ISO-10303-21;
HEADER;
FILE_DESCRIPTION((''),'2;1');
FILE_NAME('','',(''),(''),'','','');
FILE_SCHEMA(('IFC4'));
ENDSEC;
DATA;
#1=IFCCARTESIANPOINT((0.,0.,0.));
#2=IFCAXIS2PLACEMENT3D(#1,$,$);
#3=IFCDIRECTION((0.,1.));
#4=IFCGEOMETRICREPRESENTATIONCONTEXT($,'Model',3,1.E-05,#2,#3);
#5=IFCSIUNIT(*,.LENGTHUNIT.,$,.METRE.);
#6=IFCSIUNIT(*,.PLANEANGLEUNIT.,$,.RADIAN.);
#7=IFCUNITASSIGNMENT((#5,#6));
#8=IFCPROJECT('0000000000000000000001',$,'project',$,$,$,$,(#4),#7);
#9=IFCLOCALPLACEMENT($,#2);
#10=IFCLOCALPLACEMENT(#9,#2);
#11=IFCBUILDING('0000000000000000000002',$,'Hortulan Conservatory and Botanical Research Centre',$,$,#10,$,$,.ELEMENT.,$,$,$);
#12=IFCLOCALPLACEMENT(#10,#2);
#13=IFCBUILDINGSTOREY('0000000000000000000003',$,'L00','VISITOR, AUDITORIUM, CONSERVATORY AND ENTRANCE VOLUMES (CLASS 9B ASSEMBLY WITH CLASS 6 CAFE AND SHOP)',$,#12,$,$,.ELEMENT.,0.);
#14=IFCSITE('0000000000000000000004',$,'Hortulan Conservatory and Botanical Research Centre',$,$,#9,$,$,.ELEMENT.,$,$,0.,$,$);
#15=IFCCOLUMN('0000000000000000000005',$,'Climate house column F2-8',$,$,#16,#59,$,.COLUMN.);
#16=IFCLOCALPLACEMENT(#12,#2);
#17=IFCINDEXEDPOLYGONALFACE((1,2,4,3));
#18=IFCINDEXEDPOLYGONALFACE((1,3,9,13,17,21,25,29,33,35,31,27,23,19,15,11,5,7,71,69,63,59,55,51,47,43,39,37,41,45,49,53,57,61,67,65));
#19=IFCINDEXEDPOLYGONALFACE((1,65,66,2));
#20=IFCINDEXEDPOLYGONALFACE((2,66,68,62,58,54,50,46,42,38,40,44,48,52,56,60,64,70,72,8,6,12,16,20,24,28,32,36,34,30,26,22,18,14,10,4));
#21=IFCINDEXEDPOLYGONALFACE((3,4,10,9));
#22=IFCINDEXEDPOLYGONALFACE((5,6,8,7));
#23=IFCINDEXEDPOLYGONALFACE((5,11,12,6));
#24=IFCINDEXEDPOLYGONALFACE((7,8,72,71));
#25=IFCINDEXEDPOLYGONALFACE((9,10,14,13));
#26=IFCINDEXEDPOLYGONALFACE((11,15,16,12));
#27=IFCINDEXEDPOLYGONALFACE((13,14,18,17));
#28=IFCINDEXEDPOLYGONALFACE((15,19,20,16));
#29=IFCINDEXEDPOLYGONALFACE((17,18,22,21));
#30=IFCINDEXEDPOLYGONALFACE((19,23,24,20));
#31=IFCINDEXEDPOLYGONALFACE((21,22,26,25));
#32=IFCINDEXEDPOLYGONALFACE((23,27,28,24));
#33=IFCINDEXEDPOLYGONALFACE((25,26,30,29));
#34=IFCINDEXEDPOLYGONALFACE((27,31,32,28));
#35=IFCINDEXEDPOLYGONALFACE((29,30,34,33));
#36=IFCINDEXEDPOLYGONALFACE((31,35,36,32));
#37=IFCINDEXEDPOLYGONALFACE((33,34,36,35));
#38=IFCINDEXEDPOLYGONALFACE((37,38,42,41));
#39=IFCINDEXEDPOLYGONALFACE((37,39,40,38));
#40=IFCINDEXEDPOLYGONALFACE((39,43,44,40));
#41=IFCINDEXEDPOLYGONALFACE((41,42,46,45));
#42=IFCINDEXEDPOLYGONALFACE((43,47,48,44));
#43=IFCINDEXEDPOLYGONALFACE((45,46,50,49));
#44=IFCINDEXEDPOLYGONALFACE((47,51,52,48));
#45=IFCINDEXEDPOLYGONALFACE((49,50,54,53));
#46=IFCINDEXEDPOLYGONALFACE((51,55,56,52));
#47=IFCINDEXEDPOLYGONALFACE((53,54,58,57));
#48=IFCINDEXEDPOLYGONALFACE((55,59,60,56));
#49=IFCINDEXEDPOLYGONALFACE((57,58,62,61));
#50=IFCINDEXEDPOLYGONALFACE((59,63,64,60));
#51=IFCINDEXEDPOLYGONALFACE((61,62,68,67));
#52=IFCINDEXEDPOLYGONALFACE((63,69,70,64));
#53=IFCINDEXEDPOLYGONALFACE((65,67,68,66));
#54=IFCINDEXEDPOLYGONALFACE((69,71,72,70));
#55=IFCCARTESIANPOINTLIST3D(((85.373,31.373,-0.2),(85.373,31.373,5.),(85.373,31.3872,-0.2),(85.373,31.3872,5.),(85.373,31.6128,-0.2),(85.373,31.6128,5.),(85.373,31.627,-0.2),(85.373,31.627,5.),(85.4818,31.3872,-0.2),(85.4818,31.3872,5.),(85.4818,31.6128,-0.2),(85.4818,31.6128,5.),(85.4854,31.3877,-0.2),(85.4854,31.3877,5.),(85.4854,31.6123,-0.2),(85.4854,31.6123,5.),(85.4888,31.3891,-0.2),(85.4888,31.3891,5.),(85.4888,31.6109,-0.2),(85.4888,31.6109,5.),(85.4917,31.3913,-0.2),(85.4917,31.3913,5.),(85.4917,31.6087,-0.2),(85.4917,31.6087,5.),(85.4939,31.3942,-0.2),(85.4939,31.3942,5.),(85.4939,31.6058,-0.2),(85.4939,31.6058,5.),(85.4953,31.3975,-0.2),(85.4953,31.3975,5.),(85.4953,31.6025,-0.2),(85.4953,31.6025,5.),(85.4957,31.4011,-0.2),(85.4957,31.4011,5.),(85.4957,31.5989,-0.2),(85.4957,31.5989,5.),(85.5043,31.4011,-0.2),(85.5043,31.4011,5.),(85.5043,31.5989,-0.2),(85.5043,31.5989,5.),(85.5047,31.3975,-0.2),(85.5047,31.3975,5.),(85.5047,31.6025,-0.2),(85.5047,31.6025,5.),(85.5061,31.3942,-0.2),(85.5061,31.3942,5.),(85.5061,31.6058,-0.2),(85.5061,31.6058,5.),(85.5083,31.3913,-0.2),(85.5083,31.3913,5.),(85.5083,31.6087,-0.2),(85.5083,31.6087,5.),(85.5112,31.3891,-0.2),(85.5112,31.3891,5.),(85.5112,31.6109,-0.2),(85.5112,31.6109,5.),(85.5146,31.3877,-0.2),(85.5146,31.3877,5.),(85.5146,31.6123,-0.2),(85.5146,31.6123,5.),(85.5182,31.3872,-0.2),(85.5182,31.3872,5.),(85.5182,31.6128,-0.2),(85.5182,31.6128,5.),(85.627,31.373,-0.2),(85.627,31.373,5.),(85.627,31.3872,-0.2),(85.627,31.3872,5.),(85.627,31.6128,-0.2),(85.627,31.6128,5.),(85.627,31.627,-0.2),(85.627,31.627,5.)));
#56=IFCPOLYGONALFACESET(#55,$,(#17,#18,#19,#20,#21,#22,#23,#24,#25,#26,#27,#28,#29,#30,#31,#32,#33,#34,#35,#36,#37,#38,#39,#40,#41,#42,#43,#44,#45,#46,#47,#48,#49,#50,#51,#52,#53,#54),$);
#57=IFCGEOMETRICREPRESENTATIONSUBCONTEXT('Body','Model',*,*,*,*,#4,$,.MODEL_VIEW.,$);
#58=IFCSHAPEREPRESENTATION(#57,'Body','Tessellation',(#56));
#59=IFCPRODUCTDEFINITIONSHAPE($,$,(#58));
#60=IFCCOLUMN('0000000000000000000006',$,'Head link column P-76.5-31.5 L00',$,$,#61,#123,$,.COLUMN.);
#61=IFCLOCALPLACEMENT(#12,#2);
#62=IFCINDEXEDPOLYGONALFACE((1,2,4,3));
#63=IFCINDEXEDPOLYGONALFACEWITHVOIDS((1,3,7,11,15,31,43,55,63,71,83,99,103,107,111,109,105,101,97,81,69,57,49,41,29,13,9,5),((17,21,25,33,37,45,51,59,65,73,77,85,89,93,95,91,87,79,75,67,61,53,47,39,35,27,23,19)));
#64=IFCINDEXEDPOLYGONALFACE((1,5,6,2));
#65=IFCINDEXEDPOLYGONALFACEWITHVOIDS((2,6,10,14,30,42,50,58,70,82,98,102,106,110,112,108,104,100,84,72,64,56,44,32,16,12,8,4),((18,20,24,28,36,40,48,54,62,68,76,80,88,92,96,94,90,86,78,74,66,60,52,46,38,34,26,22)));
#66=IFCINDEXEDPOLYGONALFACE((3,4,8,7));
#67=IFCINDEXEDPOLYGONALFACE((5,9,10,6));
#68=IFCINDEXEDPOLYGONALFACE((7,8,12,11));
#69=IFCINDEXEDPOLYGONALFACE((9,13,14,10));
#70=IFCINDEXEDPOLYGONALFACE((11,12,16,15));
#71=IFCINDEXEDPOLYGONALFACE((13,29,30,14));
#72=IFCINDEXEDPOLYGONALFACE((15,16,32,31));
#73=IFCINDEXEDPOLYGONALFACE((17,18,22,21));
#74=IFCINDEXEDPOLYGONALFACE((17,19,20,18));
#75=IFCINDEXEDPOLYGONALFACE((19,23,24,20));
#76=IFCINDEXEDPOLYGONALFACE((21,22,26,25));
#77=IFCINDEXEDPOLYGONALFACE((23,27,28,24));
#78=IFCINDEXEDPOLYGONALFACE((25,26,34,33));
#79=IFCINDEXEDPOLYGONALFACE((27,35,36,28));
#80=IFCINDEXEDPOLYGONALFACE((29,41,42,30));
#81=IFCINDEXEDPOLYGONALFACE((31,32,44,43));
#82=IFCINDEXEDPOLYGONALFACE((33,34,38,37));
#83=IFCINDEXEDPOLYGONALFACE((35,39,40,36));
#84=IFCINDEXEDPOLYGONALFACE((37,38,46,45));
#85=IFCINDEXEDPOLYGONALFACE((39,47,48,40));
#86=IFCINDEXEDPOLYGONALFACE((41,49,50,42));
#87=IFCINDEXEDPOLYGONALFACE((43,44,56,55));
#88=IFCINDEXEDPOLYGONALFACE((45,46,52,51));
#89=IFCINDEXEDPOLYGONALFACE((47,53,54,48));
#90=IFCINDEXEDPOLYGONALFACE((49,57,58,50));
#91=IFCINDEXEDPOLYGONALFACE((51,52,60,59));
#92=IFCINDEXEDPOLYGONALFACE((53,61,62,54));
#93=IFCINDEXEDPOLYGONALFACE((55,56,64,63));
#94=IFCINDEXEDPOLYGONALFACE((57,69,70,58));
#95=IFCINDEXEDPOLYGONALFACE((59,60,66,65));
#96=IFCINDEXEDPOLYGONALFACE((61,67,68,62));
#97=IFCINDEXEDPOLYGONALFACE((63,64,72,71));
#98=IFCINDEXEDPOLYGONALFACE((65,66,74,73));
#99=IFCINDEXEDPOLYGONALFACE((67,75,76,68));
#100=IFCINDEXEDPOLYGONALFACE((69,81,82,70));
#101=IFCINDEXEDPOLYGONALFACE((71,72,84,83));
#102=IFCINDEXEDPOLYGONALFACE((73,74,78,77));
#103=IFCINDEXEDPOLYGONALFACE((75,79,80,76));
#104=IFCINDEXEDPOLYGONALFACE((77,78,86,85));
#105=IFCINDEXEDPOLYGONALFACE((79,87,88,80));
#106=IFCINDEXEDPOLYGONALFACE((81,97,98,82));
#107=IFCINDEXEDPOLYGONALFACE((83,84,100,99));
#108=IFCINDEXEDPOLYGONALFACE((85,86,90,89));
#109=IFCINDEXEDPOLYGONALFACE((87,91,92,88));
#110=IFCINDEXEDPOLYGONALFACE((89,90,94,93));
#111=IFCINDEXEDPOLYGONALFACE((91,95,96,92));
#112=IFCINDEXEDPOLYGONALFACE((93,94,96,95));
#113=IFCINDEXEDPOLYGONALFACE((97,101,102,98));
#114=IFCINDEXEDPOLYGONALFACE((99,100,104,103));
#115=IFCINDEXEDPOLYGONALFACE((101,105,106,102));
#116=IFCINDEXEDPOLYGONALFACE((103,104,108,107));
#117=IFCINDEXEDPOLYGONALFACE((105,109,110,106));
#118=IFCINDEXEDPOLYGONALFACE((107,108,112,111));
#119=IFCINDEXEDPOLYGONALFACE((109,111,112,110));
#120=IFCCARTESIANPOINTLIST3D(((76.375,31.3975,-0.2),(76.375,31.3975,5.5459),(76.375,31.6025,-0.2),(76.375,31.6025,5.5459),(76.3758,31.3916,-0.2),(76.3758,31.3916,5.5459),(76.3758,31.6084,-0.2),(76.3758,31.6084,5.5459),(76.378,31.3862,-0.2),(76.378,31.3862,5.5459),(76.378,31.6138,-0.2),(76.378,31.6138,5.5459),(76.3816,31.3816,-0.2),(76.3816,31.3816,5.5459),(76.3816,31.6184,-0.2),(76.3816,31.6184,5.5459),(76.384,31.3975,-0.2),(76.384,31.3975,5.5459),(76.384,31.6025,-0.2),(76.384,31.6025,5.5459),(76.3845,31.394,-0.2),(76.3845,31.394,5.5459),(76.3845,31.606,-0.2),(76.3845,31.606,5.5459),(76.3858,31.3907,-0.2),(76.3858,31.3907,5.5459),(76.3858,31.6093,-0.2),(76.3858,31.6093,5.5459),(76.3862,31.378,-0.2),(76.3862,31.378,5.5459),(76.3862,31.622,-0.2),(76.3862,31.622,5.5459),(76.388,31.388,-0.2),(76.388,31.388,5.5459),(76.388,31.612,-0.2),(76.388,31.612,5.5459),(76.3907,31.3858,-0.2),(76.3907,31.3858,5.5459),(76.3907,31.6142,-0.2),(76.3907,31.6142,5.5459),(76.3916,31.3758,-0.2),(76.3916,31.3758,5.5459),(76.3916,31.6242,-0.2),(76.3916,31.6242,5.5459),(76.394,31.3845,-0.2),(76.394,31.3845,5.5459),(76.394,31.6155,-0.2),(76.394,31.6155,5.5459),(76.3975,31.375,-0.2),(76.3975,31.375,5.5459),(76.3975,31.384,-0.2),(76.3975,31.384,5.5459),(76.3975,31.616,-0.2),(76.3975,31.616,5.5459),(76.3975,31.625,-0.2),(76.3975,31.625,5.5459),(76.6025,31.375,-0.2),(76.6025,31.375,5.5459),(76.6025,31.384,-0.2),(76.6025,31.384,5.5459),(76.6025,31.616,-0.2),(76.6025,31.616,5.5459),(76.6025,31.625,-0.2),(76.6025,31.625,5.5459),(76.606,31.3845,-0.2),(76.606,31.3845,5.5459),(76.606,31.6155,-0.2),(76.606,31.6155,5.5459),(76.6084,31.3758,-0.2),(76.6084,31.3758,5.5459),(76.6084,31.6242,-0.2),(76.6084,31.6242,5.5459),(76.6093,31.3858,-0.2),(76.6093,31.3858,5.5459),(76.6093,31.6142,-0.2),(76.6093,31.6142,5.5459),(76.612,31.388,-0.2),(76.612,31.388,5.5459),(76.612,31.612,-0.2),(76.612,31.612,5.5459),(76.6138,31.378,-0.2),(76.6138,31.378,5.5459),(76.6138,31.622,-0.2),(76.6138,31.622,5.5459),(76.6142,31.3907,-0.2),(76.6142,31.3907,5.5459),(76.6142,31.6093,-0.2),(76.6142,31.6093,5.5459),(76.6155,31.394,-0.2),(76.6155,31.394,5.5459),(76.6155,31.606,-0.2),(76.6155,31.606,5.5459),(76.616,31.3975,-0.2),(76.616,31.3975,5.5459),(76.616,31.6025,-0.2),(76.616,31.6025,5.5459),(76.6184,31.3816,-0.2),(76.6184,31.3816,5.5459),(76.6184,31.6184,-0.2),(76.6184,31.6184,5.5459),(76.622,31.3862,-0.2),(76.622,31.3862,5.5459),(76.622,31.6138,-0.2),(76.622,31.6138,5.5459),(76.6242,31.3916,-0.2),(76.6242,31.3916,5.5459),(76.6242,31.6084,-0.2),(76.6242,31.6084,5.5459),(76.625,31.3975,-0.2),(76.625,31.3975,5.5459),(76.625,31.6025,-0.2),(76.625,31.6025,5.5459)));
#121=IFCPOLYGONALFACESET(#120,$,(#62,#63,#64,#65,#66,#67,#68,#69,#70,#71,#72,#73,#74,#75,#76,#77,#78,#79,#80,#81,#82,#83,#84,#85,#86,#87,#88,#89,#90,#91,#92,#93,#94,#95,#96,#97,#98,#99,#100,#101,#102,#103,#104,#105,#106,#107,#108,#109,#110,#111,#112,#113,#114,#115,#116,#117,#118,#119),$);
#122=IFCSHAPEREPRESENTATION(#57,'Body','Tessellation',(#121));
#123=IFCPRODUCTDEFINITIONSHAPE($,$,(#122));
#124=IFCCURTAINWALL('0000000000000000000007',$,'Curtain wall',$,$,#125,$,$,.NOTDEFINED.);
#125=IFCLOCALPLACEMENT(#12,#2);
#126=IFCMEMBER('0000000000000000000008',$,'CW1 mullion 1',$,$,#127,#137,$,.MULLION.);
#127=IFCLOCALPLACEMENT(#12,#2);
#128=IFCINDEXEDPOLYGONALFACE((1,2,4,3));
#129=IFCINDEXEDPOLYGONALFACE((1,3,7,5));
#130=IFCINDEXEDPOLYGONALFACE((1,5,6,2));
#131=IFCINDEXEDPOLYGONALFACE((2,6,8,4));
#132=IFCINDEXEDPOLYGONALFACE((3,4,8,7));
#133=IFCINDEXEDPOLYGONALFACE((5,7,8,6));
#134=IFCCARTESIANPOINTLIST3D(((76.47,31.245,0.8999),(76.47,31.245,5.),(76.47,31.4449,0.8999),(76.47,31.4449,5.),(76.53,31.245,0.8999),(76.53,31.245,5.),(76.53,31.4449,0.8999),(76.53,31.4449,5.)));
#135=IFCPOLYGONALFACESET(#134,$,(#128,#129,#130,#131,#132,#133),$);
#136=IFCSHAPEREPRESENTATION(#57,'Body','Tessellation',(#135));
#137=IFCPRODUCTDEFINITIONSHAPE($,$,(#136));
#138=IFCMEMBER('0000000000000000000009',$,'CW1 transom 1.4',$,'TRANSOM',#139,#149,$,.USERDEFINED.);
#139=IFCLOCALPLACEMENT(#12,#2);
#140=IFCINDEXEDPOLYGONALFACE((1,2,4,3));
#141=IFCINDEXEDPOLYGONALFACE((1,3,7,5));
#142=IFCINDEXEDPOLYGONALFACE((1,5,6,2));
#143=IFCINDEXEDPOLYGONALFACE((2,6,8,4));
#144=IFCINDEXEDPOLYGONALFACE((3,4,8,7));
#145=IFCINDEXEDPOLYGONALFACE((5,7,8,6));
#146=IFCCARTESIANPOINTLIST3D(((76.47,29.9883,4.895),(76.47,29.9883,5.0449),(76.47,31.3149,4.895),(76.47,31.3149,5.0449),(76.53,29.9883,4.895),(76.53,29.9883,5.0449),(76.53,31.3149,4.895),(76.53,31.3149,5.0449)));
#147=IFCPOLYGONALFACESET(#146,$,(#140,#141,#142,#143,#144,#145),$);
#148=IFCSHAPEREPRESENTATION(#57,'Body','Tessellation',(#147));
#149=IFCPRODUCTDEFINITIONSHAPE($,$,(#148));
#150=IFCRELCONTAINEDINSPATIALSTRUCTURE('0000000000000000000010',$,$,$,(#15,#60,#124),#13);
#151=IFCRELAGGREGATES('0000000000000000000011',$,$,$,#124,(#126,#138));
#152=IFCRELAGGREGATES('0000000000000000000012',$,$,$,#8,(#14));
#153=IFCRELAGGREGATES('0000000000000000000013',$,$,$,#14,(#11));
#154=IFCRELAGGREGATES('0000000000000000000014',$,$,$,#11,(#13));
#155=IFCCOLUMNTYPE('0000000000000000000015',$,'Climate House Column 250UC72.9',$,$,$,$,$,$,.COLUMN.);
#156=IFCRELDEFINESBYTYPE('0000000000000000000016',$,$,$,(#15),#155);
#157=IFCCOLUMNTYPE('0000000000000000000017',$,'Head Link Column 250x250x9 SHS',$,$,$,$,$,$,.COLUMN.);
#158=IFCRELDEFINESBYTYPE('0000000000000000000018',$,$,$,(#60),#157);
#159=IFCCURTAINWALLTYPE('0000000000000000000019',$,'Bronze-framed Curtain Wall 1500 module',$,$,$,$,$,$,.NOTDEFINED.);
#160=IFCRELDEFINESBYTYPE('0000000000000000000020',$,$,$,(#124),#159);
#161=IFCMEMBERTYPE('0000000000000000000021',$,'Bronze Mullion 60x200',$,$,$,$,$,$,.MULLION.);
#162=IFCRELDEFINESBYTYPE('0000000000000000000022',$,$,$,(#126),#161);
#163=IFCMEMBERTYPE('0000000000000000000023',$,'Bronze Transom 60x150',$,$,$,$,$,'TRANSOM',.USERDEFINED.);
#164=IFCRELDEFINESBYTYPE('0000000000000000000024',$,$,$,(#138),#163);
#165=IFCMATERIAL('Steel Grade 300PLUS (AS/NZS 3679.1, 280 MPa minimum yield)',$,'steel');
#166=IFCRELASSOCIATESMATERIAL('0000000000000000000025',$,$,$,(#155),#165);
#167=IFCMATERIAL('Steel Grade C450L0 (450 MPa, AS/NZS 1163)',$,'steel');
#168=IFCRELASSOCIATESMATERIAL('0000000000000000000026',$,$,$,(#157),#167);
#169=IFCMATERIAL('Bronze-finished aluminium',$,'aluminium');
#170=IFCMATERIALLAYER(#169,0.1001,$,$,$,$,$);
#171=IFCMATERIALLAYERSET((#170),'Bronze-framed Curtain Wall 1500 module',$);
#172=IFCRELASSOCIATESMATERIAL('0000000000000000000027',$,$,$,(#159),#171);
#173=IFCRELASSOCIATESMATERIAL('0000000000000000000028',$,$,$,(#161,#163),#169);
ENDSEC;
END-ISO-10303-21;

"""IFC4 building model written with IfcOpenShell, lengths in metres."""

from ifc_helpers import new_model, si_unit, direction, frame, origin, origin_2d, place, context, subcontext, project, spatial, rectangle, hollow_rectangle, i_section, extrude, material, layer, layer_set, material_profile, profile_set, type_object, element, aggregate, save


model = new_model("IFC4")

# Units and contexts
model_context = context("Model", 3, precision=1e-05, world=origin(), true_north=direction((0.0, 1.0)))
body_context = subcontext(model_context, "Body", "Model", "MODEL_VIEW")
ifc_project = project(units=[si_unit("LENGTHUNIT", "METRE"), si_unit("PLANEANGLEUNIT", "RADIAN")], contexts=[model_context])

# Site, building, storey
site_placement = place(None, origin())
site = spatial("IfcSite", under=ifc_project, at=site_placement, Name="Hortulan Conservatory and Botanical Research Centre", CompositionType="ELEMENT", RefElevation=0.0)
building_placement = place(site_placement, origin())
building = spatial("IfcBuilding", under=site, at=building_placement, Name="Hortulan Conservatory and Botanical Research Centre", CompositionType="ELEMENT")
storey_placement = place(building_placement, origin())
storey = spatial("IfcBuildingStorey", under=building, at=storey_placement, Name="L00", Description="VISITOR, AUDITORIUM, CONSERVATORY AND ENTRANCE VOLUMES (CLASS 9B ASSEMBLY WITH CLASS 6 CAFE AND SHOP)", CompositionType="ELEMENT", Elevation=0.0)

# Columns
ifc_material_1 = material(Name="Steel Grade 300PLUS (AS/NZS 3679.1, 280 MPa minimum yield)", Category="steel")
ifc_material_profile_1 = material_profile(ifc_material_1, i_section(OverallWidth=0.2539, OverallDepth=0.2539, WebThickness=0.0085, FlangeThickness=0.0142, FilletRadius=0.0139, at=origin_2d()), Name="250UC72.9")
ifc_profile_set_1 = profile_set([ifc_material_profile_1], Name="Steel Grade 300PLUS (AS/NZS 3679.1, 280 MPa minimum yield)")
column_type_1 = type_object("IfcColumnType", Name="Climate House Column 250UC72.9", PredefinedType="COLUMN", material=ifc_profile_set_1)
column_1_placement = place(storey_placement, frame((85.5, 31.5, -0.2), z_axis=(0.0, 0.0, 1.0), x_axis=(1.0, 0.0, 0.0)))
element("IfcColumn", 1, at=column_1_placement, inside=storey, type_object=column_type_1, Name="Climate house column F2-8", PredefinedType="COLUMN", context=body_context, shape_type="SweptSolid", body=[
    extrude(i_section(OverallWidth=0.2539, OverallDepth=0.2539, WebThickness=0.0085, FlangeThickness=0.0142, FilletRadius=0.0139, at=origin_2d()), origin(), (0.0, 0.0, 1.0), 5.2),
])
ifc_material_2 = material(Name="Steel Grade C450L0 (450 MPa, AS/NZS 1163)", Category="steel")
ifc_material_profile_2 = material_profile(ifc_material_2, hollow_rectangle(XDim=0.25, YDim=0.25, WallThickness=0.009, InnerFilletRadius=0.0134, OuterFilletRadius=0.0225, at=origin_2d()), Name="250x250x9SHS")
ifc_profile_set_2 = profile_set([ifc_material_profile_2], Name="Steel Grade C450L0 (450 MPa, AS/NZS 1163)")
column_type_2 = type_object("IfcColumnType", Name="Head Link Column 250x250x9 SHS", PredefinedType="COLUMN", material=ifc_profile_set_2)
column_2_placement = place(storey_placement, frame((76.5, 31.5, -0.2), z_axis=(0.0, 0.0, 1.0), x_axis=(1.0, 0.0, 0.0)))
element("IfcColumn", 2, at=column_2_placement, inside=storey, type_object=column_type_2, Name="Head link column P-76.5-31.5 L00", PredefinedType="COLUMN", context=body_context, shape_type="SweptSolid", body=[
    extrude(hollow_rectangle(XDim=0.25, YDim=0.25, WallThickness=0.009, InnerFilletRadius=0.0134, OuterFilletRadius=0.0225, at=origin_2d()), origin(), (0.0, 0.0, 1.0), 5.7458),
])

# Curtain wall, members
ifc_material_3 = material(Name="Bronze-finished aluminium", Category="aluminium")
ifc_layer_1 = layer(ifc_material_3, 0.1001)
ifc_layer_set_1 = layer_set([ifc_layer_1], Name="Bronze-framed Curtain Wall 1500 module")
curtain_wall_type = type_object("IfcCurtainWallType", Name="Bronze-framed Curtain Wall 1500 module", PredefinedType="NOTDEFINED", material=ifc_layer_set_1)
curtain_wall_placement = place(storey_placement, origin())
curtain_wall = element("IfcCurtainWall", 3, at=curtain_wall_placement, inside=storey, type_object=curtain_wall_type, Name="Curtain wall", PredefinedType="NOTDEFINED")
ifc_material_profile_3 = material_profile(ifc_material_3, rectangle(XDim=0.0601, YDim=0.2, at=origin_2d()), Name="Bronze Mullion 60x200")
ifc_profile_set_3 = profile_set([ifc_material_profile_3], Name="Bronze-finished aluminium")
member_type_1 = type_object("IfcMemberType", Name="Bronze Mullion 60x200", PredefinedType="MULLION", material=ifc_profile_set_3)
member_1_placement = place(storey_placement, frame((76.5, 31.345, 0.8999), z_axis=(0.0, 0.0, 1.0), x_axis=(1.0, 0.0, 0.0)))
member_1 = element("IfcMember", 4, at=member_1_placement, type_object=member_type_1, Name="CW1 mullion 1", PredefinedType="MULLION", context=body_context, shape_type="SweptSolid", body=[
    extrude(rectangle(XDim=0.0601, YDim=0.2, at=origin_2d()), origin(), (0.0, 0.0, 1.0), 4.1001),
])
ifc_material_profile_4 = material_profile(ifc_material_3, rectangle(XDim=0.0601, YDim=0.1499, at=origin_2d()), Name="Bronze Transom 60x150")
ifc_profile_set_4 = profile_set([ifc_material_profile_4], Name="Bronze-finished aluminium")
member_type_2 = type_object("IfcMemberType", Name="Bronze Transom 60x150", ElementType="TRANSOM", PredefinedType="USERDEFINED", material=ifc_profile_set_4)
member_2_placement = place(storey_placement, frame((76.5, 31.3149, 4.97), z_axis=(0.0, -1.0, 0.0), x_axis=(1.0, 0.0, 0.0)))
member_2 = element("IfcMember", 5, at=member_2_placement, type_object=member_type_2, Name="CW1 transom 1.4", ObjectType="TRANSOM", PredefinedType="USERDEFINED", context=body_context, shape_type="SweptSolid", body=[
    extrude(rectangle(XDim=0.0601, YDim=0.1499, at=origin_2d()), origin(), (0.0, 0.0, 1.0), 1.3267),
])
aggregate(curtain_wall, [member_1, member_2])

save(model, "model.ifc")
